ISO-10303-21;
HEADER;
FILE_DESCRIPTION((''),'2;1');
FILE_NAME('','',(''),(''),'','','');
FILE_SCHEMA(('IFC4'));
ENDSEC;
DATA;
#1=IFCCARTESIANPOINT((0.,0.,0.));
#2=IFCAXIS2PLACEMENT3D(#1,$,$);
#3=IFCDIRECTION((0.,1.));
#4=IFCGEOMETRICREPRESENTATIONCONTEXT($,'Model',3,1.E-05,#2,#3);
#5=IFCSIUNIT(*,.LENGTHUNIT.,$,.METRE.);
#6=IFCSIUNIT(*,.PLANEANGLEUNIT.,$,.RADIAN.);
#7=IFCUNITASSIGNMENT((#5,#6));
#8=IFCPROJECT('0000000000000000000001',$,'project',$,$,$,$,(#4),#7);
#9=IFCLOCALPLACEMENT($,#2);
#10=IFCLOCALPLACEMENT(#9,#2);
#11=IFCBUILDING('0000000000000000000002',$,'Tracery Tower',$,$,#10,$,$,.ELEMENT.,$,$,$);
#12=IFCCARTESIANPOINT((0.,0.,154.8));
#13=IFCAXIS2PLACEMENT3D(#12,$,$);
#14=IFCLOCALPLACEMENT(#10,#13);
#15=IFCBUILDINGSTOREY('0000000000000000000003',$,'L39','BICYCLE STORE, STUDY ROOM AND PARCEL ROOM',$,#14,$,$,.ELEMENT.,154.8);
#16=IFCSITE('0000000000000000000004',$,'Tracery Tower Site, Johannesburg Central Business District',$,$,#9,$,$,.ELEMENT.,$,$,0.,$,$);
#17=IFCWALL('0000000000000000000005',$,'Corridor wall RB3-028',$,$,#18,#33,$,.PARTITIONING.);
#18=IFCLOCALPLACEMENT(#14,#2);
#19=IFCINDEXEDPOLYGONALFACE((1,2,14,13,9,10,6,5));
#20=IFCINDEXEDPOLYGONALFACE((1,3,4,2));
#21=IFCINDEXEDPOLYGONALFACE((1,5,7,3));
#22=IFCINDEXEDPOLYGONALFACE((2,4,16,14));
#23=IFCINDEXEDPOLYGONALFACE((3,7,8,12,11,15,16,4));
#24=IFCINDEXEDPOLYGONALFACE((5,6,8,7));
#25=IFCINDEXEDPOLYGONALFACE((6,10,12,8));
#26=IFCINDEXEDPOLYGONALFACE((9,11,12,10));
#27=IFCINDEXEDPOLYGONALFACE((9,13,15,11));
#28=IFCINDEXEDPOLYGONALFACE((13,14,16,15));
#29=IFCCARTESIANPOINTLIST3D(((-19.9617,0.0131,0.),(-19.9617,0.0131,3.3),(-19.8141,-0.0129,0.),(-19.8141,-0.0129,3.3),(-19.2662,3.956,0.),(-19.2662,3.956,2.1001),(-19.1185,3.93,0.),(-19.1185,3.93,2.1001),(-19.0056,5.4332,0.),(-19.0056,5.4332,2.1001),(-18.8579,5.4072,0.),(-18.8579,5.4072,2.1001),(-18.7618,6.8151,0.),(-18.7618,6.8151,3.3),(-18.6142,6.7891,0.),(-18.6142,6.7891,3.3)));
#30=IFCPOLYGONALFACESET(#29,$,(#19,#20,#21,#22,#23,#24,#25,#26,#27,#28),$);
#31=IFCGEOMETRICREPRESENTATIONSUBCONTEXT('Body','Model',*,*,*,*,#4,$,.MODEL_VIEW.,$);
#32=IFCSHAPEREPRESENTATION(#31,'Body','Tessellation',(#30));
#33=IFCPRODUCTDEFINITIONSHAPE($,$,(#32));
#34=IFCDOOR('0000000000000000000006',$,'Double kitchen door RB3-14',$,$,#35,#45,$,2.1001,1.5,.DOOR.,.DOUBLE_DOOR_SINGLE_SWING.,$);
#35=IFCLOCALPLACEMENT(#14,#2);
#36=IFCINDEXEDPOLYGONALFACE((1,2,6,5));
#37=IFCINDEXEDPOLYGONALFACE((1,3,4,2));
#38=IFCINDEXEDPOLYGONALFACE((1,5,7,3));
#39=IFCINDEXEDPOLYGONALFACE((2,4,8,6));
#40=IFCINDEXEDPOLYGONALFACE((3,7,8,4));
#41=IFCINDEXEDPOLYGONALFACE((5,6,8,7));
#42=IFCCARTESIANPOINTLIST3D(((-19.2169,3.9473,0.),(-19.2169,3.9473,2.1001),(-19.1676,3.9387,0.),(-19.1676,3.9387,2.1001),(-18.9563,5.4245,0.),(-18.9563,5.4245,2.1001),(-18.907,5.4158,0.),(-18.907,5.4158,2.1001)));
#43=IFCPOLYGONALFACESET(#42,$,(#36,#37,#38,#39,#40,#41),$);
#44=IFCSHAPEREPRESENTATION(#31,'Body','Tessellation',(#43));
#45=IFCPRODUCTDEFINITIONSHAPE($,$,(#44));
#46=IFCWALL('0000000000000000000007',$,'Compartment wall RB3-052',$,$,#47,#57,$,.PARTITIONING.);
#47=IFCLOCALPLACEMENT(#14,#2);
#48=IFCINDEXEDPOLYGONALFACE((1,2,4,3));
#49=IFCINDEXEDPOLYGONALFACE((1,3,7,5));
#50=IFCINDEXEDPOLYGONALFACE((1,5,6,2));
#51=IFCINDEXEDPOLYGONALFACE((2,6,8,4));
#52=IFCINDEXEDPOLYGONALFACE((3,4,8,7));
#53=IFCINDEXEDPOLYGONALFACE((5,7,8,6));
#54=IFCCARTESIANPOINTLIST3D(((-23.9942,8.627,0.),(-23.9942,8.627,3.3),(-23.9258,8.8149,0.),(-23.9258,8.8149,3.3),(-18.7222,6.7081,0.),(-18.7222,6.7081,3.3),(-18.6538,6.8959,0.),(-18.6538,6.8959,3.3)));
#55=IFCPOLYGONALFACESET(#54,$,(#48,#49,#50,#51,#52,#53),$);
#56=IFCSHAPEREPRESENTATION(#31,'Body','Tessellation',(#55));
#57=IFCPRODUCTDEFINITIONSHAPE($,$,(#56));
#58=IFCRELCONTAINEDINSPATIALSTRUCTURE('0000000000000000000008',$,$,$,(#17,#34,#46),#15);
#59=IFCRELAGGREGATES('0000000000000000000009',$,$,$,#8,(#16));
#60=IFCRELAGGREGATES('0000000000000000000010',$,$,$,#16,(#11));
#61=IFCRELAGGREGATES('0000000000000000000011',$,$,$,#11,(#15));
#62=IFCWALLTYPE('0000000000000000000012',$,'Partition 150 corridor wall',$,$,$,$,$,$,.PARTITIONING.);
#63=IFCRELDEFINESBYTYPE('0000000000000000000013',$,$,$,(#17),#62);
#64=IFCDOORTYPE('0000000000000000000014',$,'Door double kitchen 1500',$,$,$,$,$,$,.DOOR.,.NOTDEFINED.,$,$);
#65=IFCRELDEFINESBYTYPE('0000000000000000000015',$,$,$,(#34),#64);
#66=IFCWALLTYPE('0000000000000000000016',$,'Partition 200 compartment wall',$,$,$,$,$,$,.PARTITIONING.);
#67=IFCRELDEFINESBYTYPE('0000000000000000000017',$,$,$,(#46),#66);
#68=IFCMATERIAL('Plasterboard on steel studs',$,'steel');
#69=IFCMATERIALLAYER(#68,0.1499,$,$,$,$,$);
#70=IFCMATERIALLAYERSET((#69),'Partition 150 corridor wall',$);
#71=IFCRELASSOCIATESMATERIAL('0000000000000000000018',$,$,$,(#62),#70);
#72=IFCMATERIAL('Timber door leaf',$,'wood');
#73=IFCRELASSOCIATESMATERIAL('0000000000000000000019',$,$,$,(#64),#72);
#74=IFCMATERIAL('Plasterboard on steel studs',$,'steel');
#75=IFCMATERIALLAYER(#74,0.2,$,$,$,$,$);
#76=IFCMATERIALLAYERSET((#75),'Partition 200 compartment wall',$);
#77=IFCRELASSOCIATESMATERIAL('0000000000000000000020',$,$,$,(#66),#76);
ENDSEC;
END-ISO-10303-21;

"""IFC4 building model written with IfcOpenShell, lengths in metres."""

from ifc_helpers import new_model, si_unit, direction, frame, frame_2d, origin, place, context, subcontext, project, spatial, rectangle, extrude, material, layer, layer_set, type_object, element, fill, save


model = new_model("IFC4")

# Units and contexts
model_context = context("Model", 3, precision=1e-05, world=origin(), true_north=direction((0.0, 1.0)))
body_context = subcontext(model_context, "Body", "Model", "MODEL_VIEW")
ifc_project = project(units=[si_unit("LENGTHUNIT", "METRE"), si_unit("PLANEANGLEUNIT", "RADIAN")], contexts=[model_context])

# Site, building, storey
site_placement = place(None, origin())
site = spatial("IfcSite", under=ifc_project, at=site_placement, Name="Tracery Tower Site, Johannesburg Central Business District", CompositionType="ELEMENT", RefElevation=0.0)
building_placement = place(site_placement, origin())
building = spatial("IfcBuilding", under=site, at=building_placement, Name="Tracery Tower", CompositionType="ELEMENT")
storey_placement = place(building_placement, frame((0.0, 0.0, 154.8)))
storey = spatial("IfcBuildingStorey", under=building, at=storey_placement, Name="L39", Description="BICYCLE STORE, STUDY ROOM AND PARCEL ROOM", CompositionType="ELEMENT", Elevation=154.8)

# Shared definitions
ifc_material_1 = material(Name="Plasterboard on steel studs", Category="steel")
ifc_layer_1 = layer(ifc_material_1, 0.1499)
ifc_layer_set_1 = layer_set([ifc_layer_1], Name="Partition 150 corridor wall")
wall_type_1 = type_object("IfcWallType", Name="Partition 150 corridor wall", PredefinedType="PARTITIONING", material=ifc_layer_set_1)

# Wall, opening, door
wall_1_placement = place(storey_placement, frame((-19.8879, 0.0, 0.0), z_axis=(0.0, 0.0, 1.0), x_axis=(0.173729, 0.984794, 0.0)))
wall_1 = element("IfcWall", 1, at=wall_1_placement, inside=storey, type_object=wall_type_1, Name="Corridor wall RB3-028", PredefinedType="PARTITIONING", context=body_context, shape_type="SweptSolid", body=[
    extrude(rectangle(XDim=6.907, YDim=0.1499, at=frame_2d((3.4536, 0.0))), origin(), (0.0, 0.0, 1.0), 3.3),
])
opening_1_placement = place(wall_1_placement, frame((4.0039, 0.0, 0.0)))
opening_1 = element("IfcOpeningElement", 2, at=opening_1_placement, cuts=wall_1, PredefinedType="OPENING", context=body_context, shape_type="SweptSolid", body=[
    extrude(rectangle(XDim=1.5, YDim=2.1001, at=frame_2d((0.75, 1.05))), frame((0.0, 0.075, 0.0), z_axis=(0.0, -1.0, 0.0), x_axis=(1.0, 0.0, 0.0)), (0.0, 0.0, 1.0), 0.1499),
])
ifc_material_2 = material(Name="Timber door leaf", Category="wood")
door_type_1 = type_object("IfcDoorType", Name="Door double kitchen 1500", OperationType="NOTDEFINED", PredefinedType="DOOR", material=ifc_material_2)
door_1_placement = place(opening_1_placement, origin())
door_1 = element("IfcDoor", 3, at=door_1_placement, inside=storey, type_object=door_type_1, Name="Double kitchen door RB3-14", OperationType="DOUBLE_DOOR_SINGLE_SWING", OverallHeight=2.1001, OverallWidth=1.5, PredefinedType="DOOR", context=body_context, shape_type="SweptSolid", body=[
    extrude(rectangle(XDim=1.5, YDim=2.1001, at=frame_2d((0.75, 1.05))), frame((0.0, 0.0249, 0.0), z_axis=(0.0, -1.0, 0.0), x_axis=(1.0, 0.0, 0.0)), (0.0, 0.0, 1.0), 0.05),
])
fill(opening_1, door_1)

# Wall
ifc_material_3 = material(Name="Plasterboard on steel studs", Category="steel")
ifc_layer_2 = layer(ifc_material_3, 0.2)
ifc_layer_set_2 = layer_set([ifc_layer_2], Name="Partition 200 compartment wall")
wall_type_2 = type_object("IfcWallType", Name="Partition 200 compartment wall", PredefinedType="PARTITIONING", material=ifc_layer_set_2)
wall_2_placement = place(storey_placement, frame((-23.96, 8.7209, 0.0), z_axis=(0.0, 0.0, 1.0), x_axis=(0.939687, -0.342037, 0.0)))
element("IfcWall", 4, at=wall_2_placement, inside=storey, type_object=wall_type_2, Name="Compartment wall RB3-052", PredefinedType="PARTITIONING", context=body_context, shape_type="SweptSolid", body=[
    extrude(rectangle(XDim=5.6104, YDim=0.2, at=frame_2d((2.8052, 0.0))), origin(), (0.0, 0.0, 1.0), 3.3),
])

save(model, "model.ifc")
